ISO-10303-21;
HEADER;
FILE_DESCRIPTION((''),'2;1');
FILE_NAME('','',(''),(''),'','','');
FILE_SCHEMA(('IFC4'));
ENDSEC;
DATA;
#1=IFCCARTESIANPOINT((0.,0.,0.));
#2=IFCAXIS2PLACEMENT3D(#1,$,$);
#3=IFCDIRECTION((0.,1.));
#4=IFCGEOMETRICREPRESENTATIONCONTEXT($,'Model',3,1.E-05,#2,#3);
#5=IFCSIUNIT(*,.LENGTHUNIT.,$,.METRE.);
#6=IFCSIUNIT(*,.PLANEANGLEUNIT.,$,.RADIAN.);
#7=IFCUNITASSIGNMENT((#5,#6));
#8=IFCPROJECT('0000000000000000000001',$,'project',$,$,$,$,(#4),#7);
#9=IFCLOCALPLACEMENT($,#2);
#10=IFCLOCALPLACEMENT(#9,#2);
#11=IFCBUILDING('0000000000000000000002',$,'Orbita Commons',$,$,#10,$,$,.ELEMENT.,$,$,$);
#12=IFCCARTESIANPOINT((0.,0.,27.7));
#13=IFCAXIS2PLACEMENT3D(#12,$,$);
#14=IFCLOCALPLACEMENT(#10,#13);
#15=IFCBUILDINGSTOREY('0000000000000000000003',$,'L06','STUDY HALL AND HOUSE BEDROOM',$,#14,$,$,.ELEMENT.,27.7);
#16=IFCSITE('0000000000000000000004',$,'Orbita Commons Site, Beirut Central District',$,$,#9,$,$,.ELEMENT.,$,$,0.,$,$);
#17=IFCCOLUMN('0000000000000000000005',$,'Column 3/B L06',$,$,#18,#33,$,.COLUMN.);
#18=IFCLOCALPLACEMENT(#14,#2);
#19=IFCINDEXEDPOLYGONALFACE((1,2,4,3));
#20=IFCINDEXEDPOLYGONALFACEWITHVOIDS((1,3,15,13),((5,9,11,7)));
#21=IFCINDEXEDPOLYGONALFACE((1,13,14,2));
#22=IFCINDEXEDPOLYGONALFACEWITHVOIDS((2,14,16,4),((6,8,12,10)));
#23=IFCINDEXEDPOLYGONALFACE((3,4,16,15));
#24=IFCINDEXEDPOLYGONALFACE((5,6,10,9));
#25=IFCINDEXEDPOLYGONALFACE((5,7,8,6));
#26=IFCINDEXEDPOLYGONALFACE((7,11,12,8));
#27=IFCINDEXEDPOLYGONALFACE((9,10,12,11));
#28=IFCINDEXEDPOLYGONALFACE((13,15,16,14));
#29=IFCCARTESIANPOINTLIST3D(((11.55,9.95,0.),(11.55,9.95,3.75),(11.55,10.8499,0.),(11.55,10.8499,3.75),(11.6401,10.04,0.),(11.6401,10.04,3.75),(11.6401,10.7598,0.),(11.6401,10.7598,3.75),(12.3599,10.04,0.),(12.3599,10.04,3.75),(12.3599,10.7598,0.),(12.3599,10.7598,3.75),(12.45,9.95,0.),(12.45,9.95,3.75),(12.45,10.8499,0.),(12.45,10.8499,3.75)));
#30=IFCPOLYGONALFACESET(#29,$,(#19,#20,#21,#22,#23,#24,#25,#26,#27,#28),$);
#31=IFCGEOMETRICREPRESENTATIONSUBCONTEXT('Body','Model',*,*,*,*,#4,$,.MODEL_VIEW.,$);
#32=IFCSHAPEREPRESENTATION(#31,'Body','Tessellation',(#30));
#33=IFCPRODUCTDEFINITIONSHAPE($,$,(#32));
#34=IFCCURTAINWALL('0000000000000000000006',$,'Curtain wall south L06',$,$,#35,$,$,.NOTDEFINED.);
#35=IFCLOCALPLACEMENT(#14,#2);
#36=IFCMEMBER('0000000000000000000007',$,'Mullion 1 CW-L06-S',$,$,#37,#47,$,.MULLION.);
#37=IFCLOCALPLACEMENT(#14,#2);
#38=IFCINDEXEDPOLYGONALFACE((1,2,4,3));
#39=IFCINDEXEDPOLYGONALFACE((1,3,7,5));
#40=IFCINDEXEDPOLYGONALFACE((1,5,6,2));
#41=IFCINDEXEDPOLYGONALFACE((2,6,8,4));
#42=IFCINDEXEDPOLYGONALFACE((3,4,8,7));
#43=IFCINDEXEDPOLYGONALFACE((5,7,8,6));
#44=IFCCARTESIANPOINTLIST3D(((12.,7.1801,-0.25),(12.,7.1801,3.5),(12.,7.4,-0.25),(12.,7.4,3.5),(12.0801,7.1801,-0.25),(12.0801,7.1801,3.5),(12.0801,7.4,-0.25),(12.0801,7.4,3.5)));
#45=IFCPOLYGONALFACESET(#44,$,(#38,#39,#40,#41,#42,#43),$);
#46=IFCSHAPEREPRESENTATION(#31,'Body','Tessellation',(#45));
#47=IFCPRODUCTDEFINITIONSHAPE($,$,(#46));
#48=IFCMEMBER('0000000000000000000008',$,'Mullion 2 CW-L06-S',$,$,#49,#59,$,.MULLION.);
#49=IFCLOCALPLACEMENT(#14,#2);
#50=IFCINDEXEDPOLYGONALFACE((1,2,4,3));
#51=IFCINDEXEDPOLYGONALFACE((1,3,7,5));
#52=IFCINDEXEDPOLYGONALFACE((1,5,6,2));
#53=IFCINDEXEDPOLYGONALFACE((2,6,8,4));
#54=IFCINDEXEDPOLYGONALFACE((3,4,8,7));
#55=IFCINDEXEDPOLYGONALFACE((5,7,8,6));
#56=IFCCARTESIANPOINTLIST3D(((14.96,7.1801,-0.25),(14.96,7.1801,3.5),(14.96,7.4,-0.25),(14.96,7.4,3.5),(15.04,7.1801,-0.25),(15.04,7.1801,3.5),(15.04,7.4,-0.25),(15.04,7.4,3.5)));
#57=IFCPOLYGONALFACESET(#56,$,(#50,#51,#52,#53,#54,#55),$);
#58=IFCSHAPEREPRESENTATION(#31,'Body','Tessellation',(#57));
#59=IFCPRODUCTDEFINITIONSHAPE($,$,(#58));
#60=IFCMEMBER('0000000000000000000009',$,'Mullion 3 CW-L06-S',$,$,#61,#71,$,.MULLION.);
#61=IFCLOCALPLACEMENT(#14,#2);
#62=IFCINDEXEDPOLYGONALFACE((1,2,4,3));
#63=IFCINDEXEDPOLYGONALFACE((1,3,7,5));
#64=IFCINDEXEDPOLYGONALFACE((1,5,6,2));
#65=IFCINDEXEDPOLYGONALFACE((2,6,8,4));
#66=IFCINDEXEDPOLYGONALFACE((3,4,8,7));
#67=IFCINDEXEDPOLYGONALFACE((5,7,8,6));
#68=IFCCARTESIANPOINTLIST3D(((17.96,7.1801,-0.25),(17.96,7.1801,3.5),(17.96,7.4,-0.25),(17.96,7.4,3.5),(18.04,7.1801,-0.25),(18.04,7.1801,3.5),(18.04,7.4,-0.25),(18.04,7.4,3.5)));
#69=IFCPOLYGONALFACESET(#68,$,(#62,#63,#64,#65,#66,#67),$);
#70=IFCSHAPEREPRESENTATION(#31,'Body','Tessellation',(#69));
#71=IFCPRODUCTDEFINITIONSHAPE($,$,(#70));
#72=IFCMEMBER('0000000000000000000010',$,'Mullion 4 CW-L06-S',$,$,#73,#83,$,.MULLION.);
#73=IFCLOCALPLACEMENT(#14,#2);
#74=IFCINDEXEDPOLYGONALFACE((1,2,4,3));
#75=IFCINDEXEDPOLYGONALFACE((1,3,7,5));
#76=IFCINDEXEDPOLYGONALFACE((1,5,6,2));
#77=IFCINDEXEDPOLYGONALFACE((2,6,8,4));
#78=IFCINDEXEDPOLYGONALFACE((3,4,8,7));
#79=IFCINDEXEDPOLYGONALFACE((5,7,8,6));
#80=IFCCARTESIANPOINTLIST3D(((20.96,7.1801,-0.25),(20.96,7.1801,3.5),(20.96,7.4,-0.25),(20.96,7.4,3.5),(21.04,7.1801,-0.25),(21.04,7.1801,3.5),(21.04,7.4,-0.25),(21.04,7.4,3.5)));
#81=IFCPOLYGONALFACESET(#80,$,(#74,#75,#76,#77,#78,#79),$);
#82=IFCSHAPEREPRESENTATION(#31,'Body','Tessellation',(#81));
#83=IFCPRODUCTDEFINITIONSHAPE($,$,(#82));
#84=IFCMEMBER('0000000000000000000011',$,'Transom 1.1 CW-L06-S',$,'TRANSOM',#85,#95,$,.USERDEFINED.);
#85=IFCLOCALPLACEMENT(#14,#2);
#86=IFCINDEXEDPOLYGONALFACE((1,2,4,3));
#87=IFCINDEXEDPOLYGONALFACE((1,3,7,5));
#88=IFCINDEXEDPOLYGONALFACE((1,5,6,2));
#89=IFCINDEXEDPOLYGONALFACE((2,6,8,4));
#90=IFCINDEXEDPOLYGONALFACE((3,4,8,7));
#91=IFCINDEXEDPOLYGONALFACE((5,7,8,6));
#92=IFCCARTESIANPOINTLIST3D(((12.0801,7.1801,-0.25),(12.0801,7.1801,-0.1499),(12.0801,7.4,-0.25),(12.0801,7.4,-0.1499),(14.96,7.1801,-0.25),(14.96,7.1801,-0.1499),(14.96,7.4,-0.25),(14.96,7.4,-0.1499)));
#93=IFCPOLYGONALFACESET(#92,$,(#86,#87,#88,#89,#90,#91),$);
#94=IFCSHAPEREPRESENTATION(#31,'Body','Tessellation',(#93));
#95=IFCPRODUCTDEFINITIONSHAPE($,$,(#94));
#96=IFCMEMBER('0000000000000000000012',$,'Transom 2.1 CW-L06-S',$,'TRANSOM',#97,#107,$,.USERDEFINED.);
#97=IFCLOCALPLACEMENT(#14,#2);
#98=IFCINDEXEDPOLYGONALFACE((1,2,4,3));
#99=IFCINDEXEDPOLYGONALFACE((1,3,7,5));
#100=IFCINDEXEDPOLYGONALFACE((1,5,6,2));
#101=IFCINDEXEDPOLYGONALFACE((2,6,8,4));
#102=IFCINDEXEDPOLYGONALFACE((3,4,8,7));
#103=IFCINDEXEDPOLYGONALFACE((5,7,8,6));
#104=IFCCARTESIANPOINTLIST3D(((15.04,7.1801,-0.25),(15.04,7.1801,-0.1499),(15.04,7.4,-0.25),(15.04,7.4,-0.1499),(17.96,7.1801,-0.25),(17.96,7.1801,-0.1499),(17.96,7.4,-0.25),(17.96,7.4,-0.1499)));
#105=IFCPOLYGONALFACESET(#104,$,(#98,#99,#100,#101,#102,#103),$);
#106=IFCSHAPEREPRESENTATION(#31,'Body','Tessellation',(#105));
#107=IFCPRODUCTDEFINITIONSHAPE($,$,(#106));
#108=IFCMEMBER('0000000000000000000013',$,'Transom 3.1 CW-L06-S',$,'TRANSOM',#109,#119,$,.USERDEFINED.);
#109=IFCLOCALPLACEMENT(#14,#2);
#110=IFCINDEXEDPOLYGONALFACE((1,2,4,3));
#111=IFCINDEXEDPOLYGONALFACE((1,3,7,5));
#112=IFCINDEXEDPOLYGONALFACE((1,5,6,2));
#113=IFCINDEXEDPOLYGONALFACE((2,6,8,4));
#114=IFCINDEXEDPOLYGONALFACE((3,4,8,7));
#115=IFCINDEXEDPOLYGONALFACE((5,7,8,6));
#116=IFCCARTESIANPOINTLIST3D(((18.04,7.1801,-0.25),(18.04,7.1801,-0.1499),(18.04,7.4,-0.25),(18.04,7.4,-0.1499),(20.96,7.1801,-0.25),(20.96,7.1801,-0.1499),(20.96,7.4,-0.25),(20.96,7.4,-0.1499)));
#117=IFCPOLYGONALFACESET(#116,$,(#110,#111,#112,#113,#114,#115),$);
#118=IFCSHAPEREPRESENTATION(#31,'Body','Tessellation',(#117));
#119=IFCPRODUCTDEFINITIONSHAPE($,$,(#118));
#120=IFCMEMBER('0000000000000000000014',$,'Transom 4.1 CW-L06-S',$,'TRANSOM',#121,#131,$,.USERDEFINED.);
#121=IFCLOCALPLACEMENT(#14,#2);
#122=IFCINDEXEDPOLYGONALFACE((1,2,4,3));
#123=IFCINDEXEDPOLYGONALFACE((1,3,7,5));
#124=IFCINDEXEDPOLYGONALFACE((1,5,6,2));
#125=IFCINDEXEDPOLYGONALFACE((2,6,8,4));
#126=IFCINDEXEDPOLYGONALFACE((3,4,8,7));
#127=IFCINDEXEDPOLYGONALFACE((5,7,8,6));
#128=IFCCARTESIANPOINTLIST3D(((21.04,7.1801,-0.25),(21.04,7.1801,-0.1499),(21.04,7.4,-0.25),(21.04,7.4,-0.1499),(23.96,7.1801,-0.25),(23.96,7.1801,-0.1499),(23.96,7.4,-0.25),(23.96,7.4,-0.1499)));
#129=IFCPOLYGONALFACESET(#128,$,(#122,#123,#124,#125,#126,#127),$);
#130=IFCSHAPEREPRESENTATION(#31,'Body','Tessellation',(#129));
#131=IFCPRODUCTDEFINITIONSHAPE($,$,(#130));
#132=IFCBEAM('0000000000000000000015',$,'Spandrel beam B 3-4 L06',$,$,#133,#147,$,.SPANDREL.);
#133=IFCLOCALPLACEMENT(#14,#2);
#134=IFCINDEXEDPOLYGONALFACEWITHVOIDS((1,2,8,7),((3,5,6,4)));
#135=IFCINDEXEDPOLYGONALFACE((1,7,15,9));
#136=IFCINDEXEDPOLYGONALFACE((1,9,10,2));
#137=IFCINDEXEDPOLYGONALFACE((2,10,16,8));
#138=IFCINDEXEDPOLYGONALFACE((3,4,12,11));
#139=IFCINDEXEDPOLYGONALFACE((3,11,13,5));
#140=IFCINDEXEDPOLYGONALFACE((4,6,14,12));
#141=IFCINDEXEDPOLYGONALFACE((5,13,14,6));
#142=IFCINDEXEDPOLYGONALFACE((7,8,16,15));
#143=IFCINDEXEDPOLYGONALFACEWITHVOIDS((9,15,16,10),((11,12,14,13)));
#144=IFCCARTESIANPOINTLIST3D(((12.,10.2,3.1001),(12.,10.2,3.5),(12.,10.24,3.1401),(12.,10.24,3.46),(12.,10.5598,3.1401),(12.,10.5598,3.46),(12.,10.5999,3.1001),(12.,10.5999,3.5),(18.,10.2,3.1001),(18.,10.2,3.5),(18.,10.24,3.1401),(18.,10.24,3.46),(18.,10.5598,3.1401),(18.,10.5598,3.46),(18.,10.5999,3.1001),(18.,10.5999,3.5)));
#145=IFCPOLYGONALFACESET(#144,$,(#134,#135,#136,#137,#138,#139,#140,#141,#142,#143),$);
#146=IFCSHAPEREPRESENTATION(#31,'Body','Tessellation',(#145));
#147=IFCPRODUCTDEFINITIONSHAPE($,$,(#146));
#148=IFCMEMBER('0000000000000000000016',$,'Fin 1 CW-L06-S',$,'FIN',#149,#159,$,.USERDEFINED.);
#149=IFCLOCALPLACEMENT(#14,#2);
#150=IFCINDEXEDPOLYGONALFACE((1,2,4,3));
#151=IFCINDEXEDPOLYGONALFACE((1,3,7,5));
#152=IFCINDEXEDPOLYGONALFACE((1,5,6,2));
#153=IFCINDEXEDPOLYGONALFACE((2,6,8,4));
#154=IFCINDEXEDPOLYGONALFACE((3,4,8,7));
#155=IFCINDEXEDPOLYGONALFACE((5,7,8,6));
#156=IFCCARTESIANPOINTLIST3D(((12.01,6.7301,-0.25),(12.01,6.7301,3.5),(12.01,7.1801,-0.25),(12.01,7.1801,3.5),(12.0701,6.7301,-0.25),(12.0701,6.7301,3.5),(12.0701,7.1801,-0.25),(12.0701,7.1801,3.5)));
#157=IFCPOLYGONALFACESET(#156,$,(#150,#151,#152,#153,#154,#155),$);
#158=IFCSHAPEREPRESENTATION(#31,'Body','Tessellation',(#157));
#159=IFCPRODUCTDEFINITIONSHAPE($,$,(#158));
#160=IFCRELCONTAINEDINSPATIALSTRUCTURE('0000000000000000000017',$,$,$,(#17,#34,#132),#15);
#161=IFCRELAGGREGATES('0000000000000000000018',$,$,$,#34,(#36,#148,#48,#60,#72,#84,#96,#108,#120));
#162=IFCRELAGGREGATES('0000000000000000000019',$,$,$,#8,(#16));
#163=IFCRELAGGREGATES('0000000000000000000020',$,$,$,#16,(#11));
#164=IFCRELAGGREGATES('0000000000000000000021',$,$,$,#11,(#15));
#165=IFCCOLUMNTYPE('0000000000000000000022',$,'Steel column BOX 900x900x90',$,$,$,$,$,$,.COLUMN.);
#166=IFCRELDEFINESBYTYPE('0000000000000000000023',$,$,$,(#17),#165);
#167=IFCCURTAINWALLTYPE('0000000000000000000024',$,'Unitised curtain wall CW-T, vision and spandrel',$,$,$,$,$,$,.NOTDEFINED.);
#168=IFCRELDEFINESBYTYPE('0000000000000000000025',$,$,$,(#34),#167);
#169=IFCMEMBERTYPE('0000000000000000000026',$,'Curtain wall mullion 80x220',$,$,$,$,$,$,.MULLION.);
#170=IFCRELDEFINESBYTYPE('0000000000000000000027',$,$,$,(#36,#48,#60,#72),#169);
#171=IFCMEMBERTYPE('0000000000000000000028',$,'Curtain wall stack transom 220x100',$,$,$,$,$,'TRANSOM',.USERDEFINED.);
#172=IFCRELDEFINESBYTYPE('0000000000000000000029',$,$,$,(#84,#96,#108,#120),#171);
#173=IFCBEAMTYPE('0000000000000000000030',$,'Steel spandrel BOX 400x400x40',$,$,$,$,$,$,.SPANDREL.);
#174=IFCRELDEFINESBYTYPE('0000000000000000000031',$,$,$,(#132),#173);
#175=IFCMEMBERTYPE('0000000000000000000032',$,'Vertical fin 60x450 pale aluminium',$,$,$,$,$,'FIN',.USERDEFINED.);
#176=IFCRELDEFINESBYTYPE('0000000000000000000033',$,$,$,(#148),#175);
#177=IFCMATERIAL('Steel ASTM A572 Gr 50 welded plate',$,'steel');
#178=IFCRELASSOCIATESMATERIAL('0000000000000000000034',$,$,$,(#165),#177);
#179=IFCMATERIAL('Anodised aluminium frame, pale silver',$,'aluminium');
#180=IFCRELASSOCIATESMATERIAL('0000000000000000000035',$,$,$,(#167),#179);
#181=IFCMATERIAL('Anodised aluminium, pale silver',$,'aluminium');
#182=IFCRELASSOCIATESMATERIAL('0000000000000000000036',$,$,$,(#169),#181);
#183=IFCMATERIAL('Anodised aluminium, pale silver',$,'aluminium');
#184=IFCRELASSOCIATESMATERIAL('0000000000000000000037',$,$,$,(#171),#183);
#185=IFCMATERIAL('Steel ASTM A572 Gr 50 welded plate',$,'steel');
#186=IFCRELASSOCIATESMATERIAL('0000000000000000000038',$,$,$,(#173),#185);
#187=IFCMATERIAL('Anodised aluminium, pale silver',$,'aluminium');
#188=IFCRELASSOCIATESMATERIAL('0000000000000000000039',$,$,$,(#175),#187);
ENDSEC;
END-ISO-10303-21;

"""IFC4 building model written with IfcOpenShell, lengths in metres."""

from ifc_helpers import new_model, si_unit, direction, frame, origin, origin_2d, place, context, subcontext, project, spatial, rectangle, hollow_rectangle, extrude, material, material_profile, profile_set, type_object, element, aggregate, save


model = new_model("IFC4")

# Units and contexts
model_context = context("Model", 3, precision=1e-05, world=origin(), true_north=direction((0.0, 1.0)))
body_context = subcontext(model_context, "Body", "Model", "MODEL_VIEW")
ifc_project = project(units=[si_unit("LENGTHUNIT", "METRE"), si_unit("PLANEANGLEUNIT", "RADIAN")], contexts=[model_context])

# Site, building, storey
site_placement = place(None, origin())
site = spatial("IfcSite", under=ifc_project, at=site_placement, Name="Orbita Commons Site, Beirut Central District", CompositionType="ELEMENT", RefElevation=0.0)
building_placement = place(site_placement, origin())
building = spatial("IfcBuilding", under=site, at=building_placement, Name="Orbita Commons", CompositionType="ELEMENT")
storey_placement = place(building_placement, frame((0.0, 0.0, 27.7)))
storey = spatial("IfcBuildingStorey", under=building, at=storey_placement, Name="L06", Description="STUDY HALL AND HOUSE BEDROOM", CompositionType="ELEMENT", Elevation=27.7)

# Column
ifc_material_1 = material(Name="Steel ASTM A572 Gr 50 welded plate", Category="steel")
ifc_material_profile_1 = material_profile(ifc_material_1, hollow_rectangle(XDim=0.8999, YDim=0.8999, WallThickness=0.0901, at=origin_2d()), Name="BOX 900x900x90")
ifc_profile_set_1 = profile_set([ifc_material_profile_1], Name="Steel ASTM A572 Gr 50 welded plate")
column_type = type_object("IfcColumnType", Name="Steel column BOX 900x900x90", PredefinedType="COLUMN", material=ifc_profile_set_1)
column_placement = place(storey_placement, frame((12.0, 10.3999, 0.0), z_axis=(0.0, 0.0, 1.0), x_axis=(1.0, 0.0, 0.0)))
element("IfcColumn", 1, at=column_placement, inside=storey, type_object=column_type, Name="Column 3/B L06", PredefinedType="COLUMN", context=body_context, shape_type="SweptSolid", body=[
    extrude(hollow_rectangle(XDim=0.8999, YDim=0.8999, WallThickness=0.0901, at=origin_2d()), origin(), (0.0, 0.0, 1.0), 3.75),
])

# Curtain wall, members
ifc_material_2 = material(Name="Anodised aluminium frame, pale silver", Category="aluminium")
curtain_wall_type = type_object("IfcCurtainWallType", Name="Unitised curtain wall CW-T, vision and spandrel", PredefinedType="NOTDEFINED", material=ifc_material_2)
curtain_wall_placement = place(storey_placement, origin())
curtain_wall = element("IfcCurtainWall", 2, at=curtain_wall_placement, inside=storey, type_object=curtain_wall_type, Name="Curtain wall south L06", PredefinedType="NOTDEFINED")
ifc_material_3 = material(Name="Anodised aluminium, pale silver", Category="aluminium")
ifc_material_profile_2 = material_profile(ifc_material_3, rectangle(XDim=0.0801, YDim=0.22, at=origin_2d()), Name="AL 80x220")
ifc_profile_set_2 = profile_set([ifc_material_profile_2], Name="Anodised aluminium, pale silver")
member_type_1 = type_object("IfcMemberType", Name="Curtain wall mullion 80x220", PredefinedType="MULLION", material=ifc_profile_set_2)
member_1_placement = place(storey_placement, frame((12.04, 7.29, -0.25), z_axis=(0.0, 0.0, 1.0), x_axis=(1.0, 0.0, 0.0)))
member_1 = element("IfcMember", 3, at=member_1_placement, type_object=member_type_1, Name="Mullion 1 CW-L06-S", PredefinedType="MULLION", context=body_context, shape_type="SweptSolid", body=[
    extrude(rectangle(XDim=0.0801, YDim=0.22, at=origin_2d()), origin(), (0.0, 0.0, 1.0), 3.75),
])
member_2_placement = place(storey_placement, frame((15.0, 7.29, -0.25), z_axis=(0.0, 0.0, 1.0), x_axis=(1.0, 0.0, 0.0)))
member_2 = element("IfcMember", 4, at=member_2_placement, type_object=member_type_1, Name="Mullion 2 CW-L06-S", PredefinedType="MULLION", context=body_context, shape_type="SweptSolid", body=[
    extrude(rectangle(XDim=0.0801, YDim=0.22, at=origin_2d()), origin(), (0.0, 0.0, 1.0), 3.75),
])
member_3_placement = place(storey_placement, frame((18.0, 7.29, -0.25), z_axis=(0.0, 0.0, 1.0), x_axis=(1.0, 0.0, 0.0)))
member_3 = element("IfcMember", 5, at=member_3_placement, type_object=member_type_1, Name="Mullion 3 CW-L06-S", PredefinedType="MULLION", context=body_context, shape_type="SweptSolid", body=[
    extrude(rectangle(XDim=0.0801, YDim=0.22, at=origin_2d()), origin(), (0.0, 0.0, 1.0), 3.75),
])
member_4_placement = place(storey_placement, frame((21.0, 7.29, -0.25), z_axis=(0.0, 0.0, 1.0), x_axis=(1.0, 0.0, 0.0)))
member_4 = element("IfcMember", 6, at=member_4_placement, type_object=member_type_1, Name="Mullion 4 CW-L06-S", PredefinedType="MULLION", context=body_context, shape_type="SweptSolid", body=[
    extrude(rectangle(XDim=0.0801, YDim=0.22, at=origin_2d()), origin(), (0.0, 0.0, 1.0), 3.75),
])
ifc_material_4 = material(Name="Anodised aluminium, pale silver", Category="aluminium")
ifc_material_profile_3 = material_profile(ifc_material_4, rectangle(XDim=0.22, YDim=0.1001, at=origin_2d()), Name="AL 220x100")
ifc_profile_set_3 = profile_set([ifc_material_profile_3], Name="Anodised aluminium, pale silver")
member_type_2 = type_object("IfcMemberType", Name="Curtain wall stack transom 220x100", ElementType="TRANSOM", PredefinedType="USERDEFINED", material=ifc_profile_set_3)
member_5_placement = place(storey_placement, frame((12.0801, 7.29, -0.2), z_axis=(1.0, 0.0, 0.0), x_axis=(0.0, 1.0, 0.0)))
member_5 = element("IfcMember", 7, at=member_5_placement, type_object=member_type_2, Name="Transom 1.1 CW-L06-S", ObjectType="TRANSOM", PredefinedType="USERDEFINED", context=body_context, shape_type="SweptSolid", body=[
    extrude(rectangle(XDim=0.22, YDim=0.1001, at=origin_2d()), origin(), (0.0, 0.0, 1.0), 2.8799),
])
member_6_placement = place(storey_placement, frame((15.04, 7.29, -0.2), z_axis=(1.0, 0.0, 0.0), x_axis=(0.0, 1.0, 0.0)))
member_6 = element("IfcMember", 8, at=member_6_placement, type_object=member_type_2, Name="Transom 2.1 CW-L06-S", ObjectType="TRANSOM", PredefinedType="USERDEFINED", context=body_context, shape_type="SweptSolid", body=[
    extrude(rectangle(XDim=0.22, YDim=0.1001, at=origin_2d()), origin(), (0.0, 0.0, 1.0), 2.9199),
])
member_7_placement = place(storey_placement, frame((18.04, 7.29, -0.2), z_axis=(1.0, 0.0, 0.0), x_axis=(0.0, 1.0, 0.0)))
member_7 = element("IfcMember", 9, at=member_7_placement, type_object=member_type_2, Name="Transom 3.1 CW-L06-S", ObjectType="TRANSOM", PredefinedType="USERDEFINED", context=body_context, shape_type="SweptSolid", body=[
    extrude(rectangle(XDim=0.22, YDim=0.1001, at=origin_2d()), origin(), (0.0, 0.0, 1.0), 2.9199),
])
member_8_placement = place(storey_placement, frame((21.04, 7.29, -0.2), z_axis=(1.0, 0.0, 0.0), x_axis=(0.0, 1.0, 0.0)))
member_8 = element("IfcMember", 10, at=member_8_placement, type_object=member_type_2, Name="Transom 4.1 CW-L06-S", ObjectType="TRANSOM", PredefinedType="USERDEFINED", context=body_context, shape_type="SweptSolid", body=[
    extrude(rectangle(XDim=0.22, YDim=0.1001, at=origin_2d()), origin(), (0.0, 0.0, 1.0), 2.9199),
])

# Beam
ifc_material_5 = material(Name="Steel ASTM A572 Gr 50 welded plate", Category="steel")
ifc_material_profile_4 = material_profile(ifc_material_5, hollow_rectangle(XDim=0.3999, YDim=0.3999, WallThickness=0.04, at=origin_2d()), Name="BOX 400x400x40")
ifc_profile_set_4 = profile_set([ifc_material_profile_4], Name="Steel ASTM A572 Gr 50 welded plate")
beam_type = type_object("IfcBeamType", Name="Steel spandrel BOX 400x400x40", PredefinedType="SPANDREL", material=ifc_profile_set_4)
beam_placement = place(storey_placement, frame((12.0, 10.3999, 3.3), z_axis=(1.0, 0.0, 0.0), x_axis=(0.0, 1.0, 0.0)))
element("IfcBeam", 11, at=beam_placement, inside=storey, type_object=beam_type, Name="Spandrel beam B 3-4 L06", PredefinedType="SPANDREL", context=body_context, shape_type="SweptSolid", body=[
    extrude(hollow_rectangle(XDim=0.3999, YDim=0.3999, WallThickness=0.04, at=origin_2d()), origin(), (0.0, 0.0, 1.0), 6.0),
])

# Member
ifc_material_6 = material(Name="Anodised aluminium, pale silver", Category="aluminium")
ifc_material_profile_5 = material_profile(ifc_material_6, rectangle(XDim=0.0601, YDim=0.45, at=origin_2d()), Name="FIN 60x450")
ifc_profile_set_5 = profile_set([ifc_material_profile_5], Name="Anodised aluminium, pale silver")
member_type_3 = type_object("IfcMemberType", Name="Vertical fin 60x450 pale aluminium", ElementType="FIN", PredefinedType="USERDEFINED", material=ifc_profile_set_5)
member_9_placement = place(storey_placement, frame((12.04, 6.9551, -0.25), z_axis=(0.0, 0.0, 1.0), x_axis=(1.0, 0.0, 0.0)))
member_9 = element("IfcMember", 12, at=member_9_placement, type_object=member_type_3, Name="Fin 1 CW-L06-S", ObjectType="FIN", PredefinedType="USERDEFINED", context=body_context, shape_type="SweptSolid", body=[
    extrude(rectangle(XDim=0.0601, YDim=0.45, at=origin_2d()), origin(), (0.0, 0.0, 1.0), 3.75),
])

aggregate(curtain_wall, [member_1, member_9, member_2, member_3, member_4, member_5, member_6, member_7, member_8])

save(model, "model.ifc")
